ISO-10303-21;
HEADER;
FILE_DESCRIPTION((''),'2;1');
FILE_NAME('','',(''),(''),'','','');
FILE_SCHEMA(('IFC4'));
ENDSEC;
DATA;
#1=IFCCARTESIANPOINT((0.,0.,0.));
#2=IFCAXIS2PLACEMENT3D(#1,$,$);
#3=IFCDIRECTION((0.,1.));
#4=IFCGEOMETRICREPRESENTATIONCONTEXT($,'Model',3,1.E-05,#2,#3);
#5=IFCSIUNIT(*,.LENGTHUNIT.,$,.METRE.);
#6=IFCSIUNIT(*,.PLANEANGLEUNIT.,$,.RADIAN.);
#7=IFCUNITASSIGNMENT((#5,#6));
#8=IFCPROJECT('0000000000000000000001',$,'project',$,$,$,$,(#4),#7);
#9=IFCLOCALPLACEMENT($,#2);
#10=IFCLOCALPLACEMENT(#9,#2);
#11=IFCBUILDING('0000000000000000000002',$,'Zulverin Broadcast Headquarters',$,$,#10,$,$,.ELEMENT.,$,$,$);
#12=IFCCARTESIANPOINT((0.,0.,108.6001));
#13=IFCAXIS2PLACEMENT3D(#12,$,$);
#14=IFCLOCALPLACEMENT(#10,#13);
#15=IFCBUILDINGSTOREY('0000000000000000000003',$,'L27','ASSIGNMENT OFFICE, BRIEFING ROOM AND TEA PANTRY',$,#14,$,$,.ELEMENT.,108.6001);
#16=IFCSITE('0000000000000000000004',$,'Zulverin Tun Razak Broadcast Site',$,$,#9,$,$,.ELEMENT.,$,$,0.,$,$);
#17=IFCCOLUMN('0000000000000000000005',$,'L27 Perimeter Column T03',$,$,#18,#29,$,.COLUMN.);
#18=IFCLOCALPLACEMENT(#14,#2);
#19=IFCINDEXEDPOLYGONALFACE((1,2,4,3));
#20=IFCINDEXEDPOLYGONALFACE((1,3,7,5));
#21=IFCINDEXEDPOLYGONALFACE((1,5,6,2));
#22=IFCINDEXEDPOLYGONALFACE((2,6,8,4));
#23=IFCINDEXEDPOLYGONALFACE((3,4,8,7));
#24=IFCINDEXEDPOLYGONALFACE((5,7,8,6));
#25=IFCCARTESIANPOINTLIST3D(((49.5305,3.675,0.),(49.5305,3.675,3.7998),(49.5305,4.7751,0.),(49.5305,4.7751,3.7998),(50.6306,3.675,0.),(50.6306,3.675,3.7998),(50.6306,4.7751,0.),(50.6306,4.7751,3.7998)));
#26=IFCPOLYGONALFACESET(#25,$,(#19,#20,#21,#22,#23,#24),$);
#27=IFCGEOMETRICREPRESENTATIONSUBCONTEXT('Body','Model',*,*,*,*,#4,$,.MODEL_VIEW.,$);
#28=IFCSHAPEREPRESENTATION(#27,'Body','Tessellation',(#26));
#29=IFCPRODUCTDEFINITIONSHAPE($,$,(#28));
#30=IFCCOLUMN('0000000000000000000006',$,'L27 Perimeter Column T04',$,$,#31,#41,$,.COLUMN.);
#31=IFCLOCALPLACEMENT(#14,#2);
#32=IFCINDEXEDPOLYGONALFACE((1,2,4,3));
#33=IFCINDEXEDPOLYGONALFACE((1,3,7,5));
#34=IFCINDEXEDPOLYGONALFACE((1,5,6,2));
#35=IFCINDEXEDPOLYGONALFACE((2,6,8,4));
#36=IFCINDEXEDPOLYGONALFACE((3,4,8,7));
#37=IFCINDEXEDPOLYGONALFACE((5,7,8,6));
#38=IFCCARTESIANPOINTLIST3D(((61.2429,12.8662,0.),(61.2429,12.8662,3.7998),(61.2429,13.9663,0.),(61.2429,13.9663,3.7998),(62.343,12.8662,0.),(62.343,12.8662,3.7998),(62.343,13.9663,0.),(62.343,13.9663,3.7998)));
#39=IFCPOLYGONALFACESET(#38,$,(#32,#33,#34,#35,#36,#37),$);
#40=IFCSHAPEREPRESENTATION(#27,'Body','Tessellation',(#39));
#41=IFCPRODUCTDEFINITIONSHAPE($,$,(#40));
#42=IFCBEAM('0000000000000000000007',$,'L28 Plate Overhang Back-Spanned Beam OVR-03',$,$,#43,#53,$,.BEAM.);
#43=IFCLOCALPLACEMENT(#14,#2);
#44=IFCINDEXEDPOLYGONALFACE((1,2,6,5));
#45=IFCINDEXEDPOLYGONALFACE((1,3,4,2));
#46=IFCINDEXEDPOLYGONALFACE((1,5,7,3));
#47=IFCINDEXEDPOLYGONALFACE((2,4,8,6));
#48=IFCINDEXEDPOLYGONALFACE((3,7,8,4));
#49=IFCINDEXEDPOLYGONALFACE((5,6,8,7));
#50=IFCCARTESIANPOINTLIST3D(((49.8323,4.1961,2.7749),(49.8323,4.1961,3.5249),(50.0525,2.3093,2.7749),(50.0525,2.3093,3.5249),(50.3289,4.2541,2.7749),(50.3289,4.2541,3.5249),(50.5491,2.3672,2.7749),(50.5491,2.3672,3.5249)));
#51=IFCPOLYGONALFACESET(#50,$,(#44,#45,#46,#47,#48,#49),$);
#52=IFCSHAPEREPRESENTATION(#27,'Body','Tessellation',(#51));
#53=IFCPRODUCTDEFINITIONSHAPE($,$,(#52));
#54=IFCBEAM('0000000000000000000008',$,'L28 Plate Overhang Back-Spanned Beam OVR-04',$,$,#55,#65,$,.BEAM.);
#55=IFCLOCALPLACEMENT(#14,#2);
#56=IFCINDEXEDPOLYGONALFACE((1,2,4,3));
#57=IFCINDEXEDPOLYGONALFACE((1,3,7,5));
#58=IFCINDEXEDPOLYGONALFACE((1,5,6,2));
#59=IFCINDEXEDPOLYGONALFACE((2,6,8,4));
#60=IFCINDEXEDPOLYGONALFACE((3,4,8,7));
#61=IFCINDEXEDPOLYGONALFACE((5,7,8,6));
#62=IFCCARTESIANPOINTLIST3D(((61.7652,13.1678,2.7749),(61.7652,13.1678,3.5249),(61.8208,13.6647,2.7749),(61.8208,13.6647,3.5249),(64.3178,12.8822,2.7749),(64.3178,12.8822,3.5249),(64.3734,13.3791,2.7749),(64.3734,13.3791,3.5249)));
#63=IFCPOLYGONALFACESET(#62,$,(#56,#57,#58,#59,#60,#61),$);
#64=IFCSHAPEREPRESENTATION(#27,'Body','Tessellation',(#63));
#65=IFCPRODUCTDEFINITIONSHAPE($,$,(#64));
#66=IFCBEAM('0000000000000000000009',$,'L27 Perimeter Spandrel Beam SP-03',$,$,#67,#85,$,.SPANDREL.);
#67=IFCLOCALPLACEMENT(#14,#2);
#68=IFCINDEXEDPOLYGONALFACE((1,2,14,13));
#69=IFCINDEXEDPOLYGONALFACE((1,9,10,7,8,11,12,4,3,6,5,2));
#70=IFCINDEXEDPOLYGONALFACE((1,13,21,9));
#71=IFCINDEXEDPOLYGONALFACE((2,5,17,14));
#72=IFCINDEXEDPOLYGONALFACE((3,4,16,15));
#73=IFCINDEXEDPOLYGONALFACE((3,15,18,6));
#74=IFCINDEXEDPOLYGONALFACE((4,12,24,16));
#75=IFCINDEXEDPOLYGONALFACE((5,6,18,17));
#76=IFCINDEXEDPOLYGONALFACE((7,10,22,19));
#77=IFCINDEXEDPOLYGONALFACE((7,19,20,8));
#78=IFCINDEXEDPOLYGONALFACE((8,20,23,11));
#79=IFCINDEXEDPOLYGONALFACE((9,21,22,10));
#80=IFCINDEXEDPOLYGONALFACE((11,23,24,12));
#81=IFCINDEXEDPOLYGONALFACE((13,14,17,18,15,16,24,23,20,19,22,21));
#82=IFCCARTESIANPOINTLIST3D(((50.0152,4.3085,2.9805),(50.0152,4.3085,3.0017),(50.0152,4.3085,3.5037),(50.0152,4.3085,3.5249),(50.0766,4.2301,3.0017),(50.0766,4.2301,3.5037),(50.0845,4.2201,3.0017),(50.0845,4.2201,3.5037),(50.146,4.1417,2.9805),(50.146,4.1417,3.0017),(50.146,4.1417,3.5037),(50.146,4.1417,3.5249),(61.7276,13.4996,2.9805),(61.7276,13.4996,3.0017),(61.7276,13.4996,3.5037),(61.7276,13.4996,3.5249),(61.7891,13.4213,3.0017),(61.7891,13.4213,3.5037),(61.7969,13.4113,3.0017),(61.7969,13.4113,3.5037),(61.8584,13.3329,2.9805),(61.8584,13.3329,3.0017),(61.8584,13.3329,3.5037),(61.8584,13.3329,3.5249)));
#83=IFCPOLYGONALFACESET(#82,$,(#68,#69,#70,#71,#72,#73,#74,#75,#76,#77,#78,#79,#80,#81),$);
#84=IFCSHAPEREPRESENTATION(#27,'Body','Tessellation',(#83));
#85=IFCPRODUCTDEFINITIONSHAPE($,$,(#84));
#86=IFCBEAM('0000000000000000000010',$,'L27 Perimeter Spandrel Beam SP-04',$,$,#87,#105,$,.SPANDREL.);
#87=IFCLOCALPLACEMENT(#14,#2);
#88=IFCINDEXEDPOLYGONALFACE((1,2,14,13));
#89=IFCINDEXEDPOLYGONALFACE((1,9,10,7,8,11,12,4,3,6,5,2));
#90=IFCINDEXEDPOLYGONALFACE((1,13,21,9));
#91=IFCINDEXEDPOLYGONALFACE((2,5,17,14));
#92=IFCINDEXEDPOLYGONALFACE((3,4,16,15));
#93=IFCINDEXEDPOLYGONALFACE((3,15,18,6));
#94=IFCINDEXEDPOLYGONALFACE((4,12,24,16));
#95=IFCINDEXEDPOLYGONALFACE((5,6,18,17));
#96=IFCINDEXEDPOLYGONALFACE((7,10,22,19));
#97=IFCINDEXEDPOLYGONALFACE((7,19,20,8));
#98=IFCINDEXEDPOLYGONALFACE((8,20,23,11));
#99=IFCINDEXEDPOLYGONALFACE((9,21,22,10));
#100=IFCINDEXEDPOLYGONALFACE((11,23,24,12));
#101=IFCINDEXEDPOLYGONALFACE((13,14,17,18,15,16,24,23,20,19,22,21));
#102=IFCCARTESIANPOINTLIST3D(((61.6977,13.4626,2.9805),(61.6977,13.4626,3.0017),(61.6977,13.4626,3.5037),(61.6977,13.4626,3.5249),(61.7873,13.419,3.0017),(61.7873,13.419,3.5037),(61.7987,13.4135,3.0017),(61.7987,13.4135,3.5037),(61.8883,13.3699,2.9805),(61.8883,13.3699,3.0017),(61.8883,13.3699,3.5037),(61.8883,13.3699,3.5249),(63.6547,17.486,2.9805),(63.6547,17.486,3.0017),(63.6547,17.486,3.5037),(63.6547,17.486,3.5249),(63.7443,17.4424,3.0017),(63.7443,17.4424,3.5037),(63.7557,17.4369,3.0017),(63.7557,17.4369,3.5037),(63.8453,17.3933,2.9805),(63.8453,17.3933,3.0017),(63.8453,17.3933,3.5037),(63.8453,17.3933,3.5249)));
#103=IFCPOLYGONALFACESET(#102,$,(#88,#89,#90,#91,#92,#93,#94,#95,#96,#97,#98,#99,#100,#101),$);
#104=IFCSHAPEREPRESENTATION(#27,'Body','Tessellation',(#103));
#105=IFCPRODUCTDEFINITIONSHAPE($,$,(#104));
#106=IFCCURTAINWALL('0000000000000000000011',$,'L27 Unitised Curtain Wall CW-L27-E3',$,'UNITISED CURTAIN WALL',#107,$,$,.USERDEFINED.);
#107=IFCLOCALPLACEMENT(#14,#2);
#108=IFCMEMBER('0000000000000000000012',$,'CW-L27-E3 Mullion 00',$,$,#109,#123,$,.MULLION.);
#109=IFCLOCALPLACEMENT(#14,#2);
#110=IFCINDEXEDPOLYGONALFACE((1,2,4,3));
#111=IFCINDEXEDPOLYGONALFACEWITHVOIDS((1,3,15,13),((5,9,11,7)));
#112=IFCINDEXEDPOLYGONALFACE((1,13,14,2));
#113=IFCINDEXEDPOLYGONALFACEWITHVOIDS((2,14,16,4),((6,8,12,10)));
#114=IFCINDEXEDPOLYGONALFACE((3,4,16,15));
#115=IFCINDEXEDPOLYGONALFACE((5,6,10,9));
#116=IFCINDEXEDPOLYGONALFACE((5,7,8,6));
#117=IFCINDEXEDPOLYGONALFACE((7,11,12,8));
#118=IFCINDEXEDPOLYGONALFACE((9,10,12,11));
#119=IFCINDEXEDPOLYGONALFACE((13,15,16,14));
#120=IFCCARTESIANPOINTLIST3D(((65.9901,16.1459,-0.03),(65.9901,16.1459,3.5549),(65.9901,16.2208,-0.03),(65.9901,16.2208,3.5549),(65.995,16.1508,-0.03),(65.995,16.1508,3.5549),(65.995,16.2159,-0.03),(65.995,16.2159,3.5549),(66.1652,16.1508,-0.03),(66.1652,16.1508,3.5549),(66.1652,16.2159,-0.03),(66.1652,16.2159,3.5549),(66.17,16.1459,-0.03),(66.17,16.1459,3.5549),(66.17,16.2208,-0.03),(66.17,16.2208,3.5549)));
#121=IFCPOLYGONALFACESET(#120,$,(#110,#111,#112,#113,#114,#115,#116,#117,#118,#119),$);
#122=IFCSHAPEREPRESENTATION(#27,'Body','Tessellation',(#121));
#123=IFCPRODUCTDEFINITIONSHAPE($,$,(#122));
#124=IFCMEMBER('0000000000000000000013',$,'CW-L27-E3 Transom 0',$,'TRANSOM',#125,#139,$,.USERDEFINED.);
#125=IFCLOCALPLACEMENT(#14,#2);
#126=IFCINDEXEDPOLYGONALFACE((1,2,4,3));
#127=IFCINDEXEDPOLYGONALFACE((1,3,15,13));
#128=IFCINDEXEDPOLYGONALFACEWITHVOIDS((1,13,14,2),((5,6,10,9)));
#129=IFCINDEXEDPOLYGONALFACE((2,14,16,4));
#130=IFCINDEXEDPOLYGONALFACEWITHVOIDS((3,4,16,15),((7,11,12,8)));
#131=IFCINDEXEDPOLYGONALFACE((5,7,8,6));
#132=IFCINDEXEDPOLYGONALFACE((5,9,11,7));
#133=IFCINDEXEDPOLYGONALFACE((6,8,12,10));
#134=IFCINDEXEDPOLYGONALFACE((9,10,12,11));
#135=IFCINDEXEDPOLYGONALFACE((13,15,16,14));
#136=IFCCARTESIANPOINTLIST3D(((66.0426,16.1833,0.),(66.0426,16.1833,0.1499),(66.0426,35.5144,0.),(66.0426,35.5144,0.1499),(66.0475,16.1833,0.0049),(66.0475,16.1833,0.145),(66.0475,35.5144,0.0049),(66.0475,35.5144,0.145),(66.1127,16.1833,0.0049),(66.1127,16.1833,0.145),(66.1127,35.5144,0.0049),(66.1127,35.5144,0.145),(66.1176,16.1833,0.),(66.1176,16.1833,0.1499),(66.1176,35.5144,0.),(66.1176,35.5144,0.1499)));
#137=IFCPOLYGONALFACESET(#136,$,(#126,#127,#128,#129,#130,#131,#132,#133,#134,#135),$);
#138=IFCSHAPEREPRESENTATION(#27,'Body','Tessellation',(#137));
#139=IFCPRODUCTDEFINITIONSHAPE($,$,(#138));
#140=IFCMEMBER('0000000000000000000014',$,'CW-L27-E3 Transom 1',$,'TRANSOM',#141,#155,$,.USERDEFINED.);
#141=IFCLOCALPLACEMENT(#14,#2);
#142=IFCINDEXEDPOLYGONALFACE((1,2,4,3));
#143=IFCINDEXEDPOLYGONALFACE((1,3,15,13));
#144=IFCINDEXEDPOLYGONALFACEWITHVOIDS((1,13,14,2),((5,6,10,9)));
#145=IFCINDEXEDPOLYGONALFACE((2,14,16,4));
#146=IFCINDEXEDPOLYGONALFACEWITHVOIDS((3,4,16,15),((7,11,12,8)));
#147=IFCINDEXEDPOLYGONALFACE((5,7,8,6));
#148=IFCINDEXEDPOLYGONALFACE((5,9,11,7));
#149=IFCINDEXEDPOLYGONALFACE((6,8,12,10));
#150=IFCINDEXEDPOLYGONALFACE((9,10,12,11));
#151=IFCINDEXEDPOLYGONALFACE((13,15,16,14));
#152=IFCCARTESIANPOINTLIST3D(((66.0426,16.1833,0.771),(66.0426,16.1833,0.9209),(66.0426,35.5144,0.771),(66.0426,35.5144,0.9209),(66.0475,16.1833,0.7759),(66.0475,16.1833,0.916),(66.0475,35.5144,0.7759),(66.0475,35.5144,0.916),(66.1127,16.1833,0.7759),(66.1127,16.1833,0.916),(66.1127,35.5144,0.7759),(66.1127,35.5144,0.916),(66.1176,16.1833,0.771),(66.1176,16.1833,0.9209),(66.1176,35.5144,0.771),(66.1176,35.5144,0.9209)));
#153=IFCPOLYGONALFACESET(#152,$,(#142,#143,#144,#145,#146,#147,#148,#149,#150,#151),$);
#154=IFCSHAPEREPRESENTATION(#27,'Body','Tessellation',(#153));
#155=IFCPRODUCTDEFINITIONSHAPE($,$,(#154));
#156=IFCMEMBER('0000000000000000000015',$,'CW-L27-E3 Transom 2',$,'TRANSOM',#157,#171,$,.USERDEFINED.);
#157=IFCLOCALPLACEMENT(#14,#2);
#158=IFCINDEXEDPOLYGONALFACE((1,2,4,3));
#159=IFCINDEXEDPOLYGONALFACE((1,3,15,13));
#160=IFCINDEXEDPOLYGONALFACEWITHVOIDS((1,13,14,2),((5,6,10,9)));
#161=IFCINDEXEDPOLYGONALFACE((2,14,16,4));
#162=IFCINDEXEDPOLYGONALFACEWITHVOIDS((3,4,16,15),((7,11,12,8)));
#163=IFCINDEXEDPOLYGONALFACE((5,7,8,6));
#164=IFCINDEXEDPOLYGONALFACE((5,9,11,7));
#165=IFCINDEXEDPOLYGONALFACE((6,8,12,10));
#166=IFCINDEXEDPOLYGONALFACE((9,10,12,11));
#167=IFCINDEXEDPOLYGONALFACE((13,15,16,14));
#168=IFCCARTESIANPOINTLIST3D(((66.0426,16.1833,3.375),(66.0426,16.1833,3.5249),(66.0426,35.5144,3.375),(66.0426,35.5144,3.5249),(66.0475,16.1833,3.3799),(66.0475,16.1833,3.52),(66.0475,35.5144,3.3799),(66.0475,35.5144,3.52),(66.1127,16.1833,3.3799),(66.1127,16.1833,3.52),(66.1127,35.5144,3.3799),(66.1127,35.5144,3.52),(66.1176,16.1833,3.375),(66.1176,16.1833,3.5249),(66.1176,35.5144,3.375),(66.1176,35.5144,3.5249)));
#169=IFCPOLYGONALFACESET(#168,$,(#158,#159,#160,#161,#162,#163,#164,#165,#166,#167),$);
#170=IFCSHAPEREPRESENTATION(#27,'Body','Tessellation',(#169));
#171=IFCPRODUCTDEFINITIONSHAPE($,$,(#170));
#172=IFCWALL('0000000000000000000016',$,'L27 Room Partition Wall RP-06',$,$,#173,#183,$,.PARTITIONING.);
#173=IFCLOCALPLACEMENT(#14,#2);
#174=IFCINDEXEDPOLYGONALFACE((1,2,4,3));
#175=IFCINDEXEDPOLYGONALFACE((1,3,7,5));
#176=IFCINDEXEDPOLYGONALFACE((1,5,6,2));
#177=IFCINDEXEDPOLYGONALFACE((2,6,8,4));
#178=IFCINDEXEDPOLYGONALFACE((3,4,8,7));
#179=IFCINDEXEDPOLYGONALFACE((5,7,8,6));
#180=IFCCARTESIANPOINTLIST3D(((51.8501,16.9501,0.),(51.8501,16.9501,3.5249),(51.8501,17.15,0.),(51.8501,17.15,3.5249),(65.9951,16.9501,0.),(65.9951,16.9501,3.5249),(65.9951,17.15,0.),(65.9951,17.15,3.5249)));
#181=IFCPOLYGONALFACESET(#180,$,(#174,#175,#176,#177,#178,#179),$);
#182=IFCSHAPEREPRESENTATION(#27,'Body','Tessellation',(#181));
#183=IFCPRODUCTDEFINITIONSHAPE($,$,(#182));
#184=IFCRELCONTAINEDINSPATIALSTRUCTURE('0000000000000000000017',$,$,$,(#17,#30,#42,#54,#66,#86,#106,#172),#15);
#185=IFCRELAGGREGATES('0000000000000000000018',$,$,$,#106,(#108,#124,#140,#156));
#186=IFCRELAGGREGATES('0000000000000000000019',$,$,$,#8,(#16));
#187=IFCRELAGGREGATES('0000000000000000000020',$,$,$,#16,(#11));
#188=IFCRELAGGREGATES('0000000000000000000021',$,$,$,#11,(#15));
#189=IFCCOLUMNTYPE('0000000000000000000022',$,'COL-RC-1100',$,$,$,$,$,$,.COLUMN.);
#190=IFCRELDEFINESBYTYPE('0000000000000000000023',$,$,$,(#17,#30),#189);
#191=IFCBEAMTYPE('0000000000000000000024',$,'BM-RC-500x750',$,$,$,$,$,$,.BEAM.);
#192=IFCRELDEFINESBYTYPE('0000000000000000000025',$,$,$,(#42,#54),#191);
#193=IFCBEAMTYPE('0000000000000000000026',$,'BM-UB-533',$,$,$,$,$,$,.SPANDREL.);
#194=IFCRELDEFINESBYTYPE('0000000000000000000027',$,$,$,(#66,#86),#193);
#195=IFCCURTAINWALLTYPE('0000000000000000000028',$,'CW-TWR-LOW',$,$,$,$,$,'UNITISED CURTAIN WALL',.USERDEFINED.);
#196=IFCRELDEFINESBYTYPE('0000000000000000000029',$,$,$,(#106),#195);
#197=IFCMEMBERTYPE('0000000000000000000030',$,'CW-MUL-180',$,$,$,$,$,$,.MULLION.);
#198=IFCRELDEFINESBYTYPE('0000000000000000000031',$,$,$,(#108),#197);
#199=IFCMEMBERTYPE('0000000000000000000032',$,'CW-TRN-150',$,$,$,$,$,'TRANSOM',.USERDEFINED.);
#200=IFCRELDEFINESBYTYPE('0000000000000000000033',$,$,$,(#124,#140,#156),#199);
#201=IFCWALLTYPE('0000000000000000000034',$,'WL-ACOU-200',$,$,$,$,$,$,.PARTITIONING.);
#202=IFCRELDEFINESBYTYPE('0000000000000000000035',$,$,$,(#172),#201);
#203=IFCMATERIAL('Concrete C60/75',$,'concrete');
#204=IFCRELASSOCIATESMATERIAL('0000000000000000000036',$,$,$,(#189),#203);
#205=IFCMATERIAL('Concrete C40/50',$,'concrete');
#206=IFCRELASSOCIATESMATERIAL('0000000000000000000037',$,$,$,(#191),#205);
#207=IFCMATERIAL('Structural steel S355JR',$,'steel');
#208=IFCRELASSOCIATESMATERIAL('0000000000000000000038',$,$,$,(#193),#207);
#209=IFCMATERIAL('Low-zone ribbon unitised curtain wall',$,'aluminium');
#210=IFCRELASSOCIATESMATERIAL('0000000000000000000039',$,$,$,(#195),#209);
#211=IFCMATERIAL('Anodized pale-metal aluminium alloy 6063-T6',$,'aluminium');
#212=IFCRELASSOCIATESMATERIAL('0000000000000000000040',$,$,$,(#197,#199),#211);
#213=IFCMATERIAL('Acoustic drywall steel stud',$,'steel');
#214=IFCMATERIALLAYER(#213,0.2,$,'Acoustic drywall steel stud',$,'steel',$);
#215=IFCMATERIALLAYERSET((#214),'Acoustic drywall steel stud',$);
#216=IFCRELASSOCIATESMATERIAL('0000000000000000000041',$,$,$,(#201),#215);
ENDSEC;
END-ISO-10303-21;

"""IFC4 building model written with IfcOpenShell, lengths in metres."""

from ifc_helpers import new_model, si_unit, direction, frame, frame_2d, origin, origin_2d, place, context, subcontext, project, spatial, rectangle, hollow_rectangle, i_section, extrude, material, layer, layer_set, material_profile, profile_set, type_object, element, aggregate, save


model = new_model("IFC4")

# Units and contexts
model_context = context("Model", 3, precision=1e-05, world=origin(), true_north=direction((0.0, 1.0)))
body_context = subcontext(model_context, "Body", "Model", "MODEL_VIEW")
ifc_project = project(units=[si_unit("LENGTHUNIT", "METRE"), si_unit("PLANEANGLEUNIT", "RADIAN")], contexts=[model_context])

# Site, building, storey
site_placement = place(None, origin())
site = spatial("IfcSite", under=ifc_project, at=site_placement, Name="Zulverin Tun Razak Broadcast Site", CompositionType="ELEMENT", RefElevation=0.0)
building_placement = place(site_placement, origin())
building = spatial("IfcBuilding", under=site, at=building_placement, Name="Zulverin Broadcast Headquarters", CompositionType="ELEMENT")
storey_placement = place(building_placement, frame((0.0, 0.0, 108.6001)))
storey = spatial("IfcBuildingStorey", under=building, at=storey_placement, Name="L27", Description="ASSIGNMENT OFFICE, BRIEFING ROOM AND TEA PANTRY", CompositionType="ELEMENT", Elevation=108.6001)

# Columns
ifc_material_1 = material(Name="Concrete C60/75", Category="concrete")
ifc_material_profile_1 = material_profile(ifc_material_1, rectangle(XDim=1.1001, YDim=1.1001, at=origin_2d()), Name="Concrete C60/75", Category="concrete")
ifc_profile_set_1 = profile_set([ifc_material_profile_1], Name="Concrete C60/75")
column_type = type_object("IfcColumnType", Name="COL-RC-1100", PredefinedType="COLUMN", material=ifc_profile_set_1)
for number, where, z_axis, x_axis, name in (
    (1, (50.0806, 4.2251, 0.0), (0.0, 0.0, 1.0), (1.0, 0.0, 0.0), "L27 Perimeter Column T03"),
    (2, (61.793, 13.4163, 0.0), (0.0, 0.0, 1.0), (1.0, 0.0, 0.0), "L27 Perimeter Column T04"),
):
    element("IfcColumn", number, at=place(storey_placement, frame(where, z_axis=z_axis, x_axis=x_axis)), inside=storey, type_object=column_type, Name=name, PredefinedType="COLUMN", context=body_context, shape_type="SweptSolid", body=[
        extrude(rectangle(XDim=1.1001, YDim=1.1001, at=origin_2d()), origin(), (0.0, 0.0, 1.0), 3.7998),
    ])

# Beams
ifc_material_2 = material(Name="Concrete C40/50", Category="concrete")
ifc_material_profile_2 = material_profile(ifc_material_2, rectangle(XDim=0.5, YDim=0.75, at=origin_2d()), Name="Concrete C40/50", Category="concrete")
ifc_profile_set_2 = profile_set([ifc_material_profile_2], Name="Concrete C40/50")
beam_type_1 = type_object("IfcBeamType", Name="BM-RC-500x750", PredefinedType="BEAM", material=ifc_profile_set_2)
beam_1_placement = place(storey_placement, frame((50.0806, 4.2251, 3.1499), z_axis=(0.115917, -0.993259, 0.0), x_axis=(0.993259, 0.115917, 0.0)))
element("IfcBeam", 3, at=beam_1_placement, inside=storey, type_object=beam_type_1, Name="L28 Plate Overhang Back-Spanned Beam OVR-03", PredefinedType="BEAM", context=body_context, shape_type="SweptSolid", body=[
    extrude(rectangle(XDim=0.5, YDim=0.75, at=origin_2d()), origin(), (0.0, 0.0, 1.0), 1.8997),
])
beam_2_placement = place(storey_placement, frame((61.793, 13.4163, 3.1499), z_axis=(0.993798, -0.111203, 0.0), x_axis=(0.111203, 0.993798, 0.0)))
element("IfcBeam", 4, at=beam_2_placement, inside=storey, type_object=beam_type_1, Name="L28 Plate Overhang Back-Spanned Beam OVR-04", PredefinedType="BEAM", context=body_context, shape_type="SweptSolid", body=[
    extrude(rectangle(XDim=0.5, YDim=0.75, at=origin_2d()), origin(), (0.0, 0.0, 1.0), 2.5686),
])
ifc_material_3 = material(Name="Structural steel S355JR", Category="steel")
ifc_material_profile_3 = material_profile(ifc_material_3, i_section(OverallWidth=0.2119, OverallDepth=0.5444, WebThickness=0.0127, FlangeThickness=0.0212, at=origin_2d()), Name="Structural steel S355JR", Category="steel")
ifc_profile_set_3 = profile_set([ifc_material_profile_3], Name="Structural steel S355JR")
beam_type_2 = type_object("IfcBeamType", Name="BM-UB-533", PredefinedType="SPANDREL", material=ifc_profile_set_3)
beam_3_placement = place(storey_placement, frame((50.0806, 4.2251, 3.2527), z_axis=(0.786691, 0.617346, 0.0), x_axis=(-0.617346, 0.786691, 0.0)))
element("IfcBeam", 5, at=beam_3_placement, inside=storey, type_object=beam_type_2, Name="L27 Perimeter Spandrel Beam SP-03", PredefinedType="SPANDREL", context=body_context, shape_type="SweptSolid", body=[
    extrude(i_section(OverallWidth=0.2119, OverallDepth=0.5444, WebThickness=0.0127, FlangeThickness=0.0212, at=origin_2d()), origin(), (0.0, 0.0, 1.0), 14.8882),
])
beam_4_placement = place(storey_placement, frame((61.793, 13.4163, 3.2527), z_axis=(0.437408, 0.899263, 0.0), x_axis=(-0.899263, 0.437408, 0.0)))
element("IfcBeam", 6, at=beam_4_placement, inside=storey, type_object=beam_type_2, Name="L27 Perimeter Spandrel Beam SP-04", PredefinedType="SPANDREL", context=body_context, shape_type="SweptSolid", body=[
    extrude(i_section(OverallWidth=0.2119, OverallDepth=0.5444, WebThickness=0.0127, FlangeThickness=0.0212, at=origin_2d()), origin(), (0.0, 0.0, 1.0), 4.4741),
])

# Curtain wall, members
ifc_material_4 = material(Name="Low-zone ribbon unitised curtain wall", Category="aluminium")
curtain_wall_type = type_object("IfcCurtainWallType", Name="CW-TWR-LOW", ElementType="UNITISED CURTAIN WALL", PredefinedType="USERDEFINED", material=ifc_material_4)
curtain_wall_placement = place(storey_placement, origin())
curtain_wall = element("IfcCurtainWall", 7, at=curtain_wall_placement, inside=storey, type_object=curtain_wall_type, Name="L27 Unitised Curtain Wall CW-L27-E3", ObjectType="UNITISED CURTAIN WALL", PredefinedType="USERDEFINED")
ifc_material_5 = material(Name="Anodized pale-metal aluminium alloy 6063-T6", Category="aluminium")
ifc_material_profile_4 = material_profile(ifc_material_5, hollow_rectangle(XDim=0.075, YDim=0.1799, WallThickness=0.0049, at=origin_2d()), Name="Anodized pale-metal aluminium alloy 6063-T6", Category="aluminium")
ifc_profile_set_4 = profile_set([ifc_material_profile_4], Name="Anodized pale-metal aluminium alloy 6063-T6")
member_type_1 = type_object("IfcMemberType", Name="CW-MUL-180", PredefinedType="MULLION", material=ifc_profile_set_4)
member_1_placement = place(storey_placement, frame((66.0801, 16.1833, -0.03), z_axis=(0.0, 0.0, 1.0), x_axis=(0.0, 1.0, 0.0)))
member_1 = element("IfcMember", 8, at=member_1_placement, type_object=member_type_1, Name="CW-L27-E3 Mullion 00", PredefinedType="MULLION", context=body_context, shape_type="SweptSolid", body=[
    extrude(hollow_rectangle(XDim=0.075, YDim=0.1799, WallThickness=0.0049, at=origin_2d()), origin(), (0.0, 0.0, 1.0), 3.585),
])
ifc_material_profile_5 = material_profile(ifc_material_5, hollow_rectangle(XDim=0.075, YDim=0.1499, WallThickness=0.0049, at=origin_2d()), Name="Anodized pale-metal aluminium alloy 6063-T6", Category="aluminium")
ifc_profile_set_5 = profile_set([ifc_material_profile_5], Name="Anodized pale-metal aluminium alloy 6063-T6")
member_type_2 = type_object("IfcMemberType", Name="CW-TRN-150", ElementType="TRANSOM", PredefinedType="USERDEFINED", material=ifc_profile_set_5)
member_2_placement = place(storey_placement, frame((66.0801, 16.1833, 0.075), z_axis=(0.0, 1.0, 0.0), x_axis=(-1.0, 0.0, 0.0)))
member_2 = element("IfcMember", 9, at=member_2_placement, type_object=member_type_2, Name="CW-L27-E3 Transom 0", ObjectType="TRANSOM", PredefinedType="USERDEFINED", context=body_context, shape_type="SweptSolid", body=[
    extrude(hollow_rectangle(XDim=0.075, YDim=0.1499, WallThickness=0.0049, at=origin_2d()), origin(), (0.0, 0.0, 1.0), 19.3311),
])
member_3_placement = place(storey_placement, frame((66.0801, 16.1833, 0.8459), z_axis=(0.0, 1.0, 0.0), x_axis=(-1.0, 0.0, 0.0)))
member_3 = element("IfcMember", 10, at=member_3_placement, type_object=member_type_2, Name="CW-L27-E3 Transom 1", ObjectType="TRANSOM", PredefinedType="USERDEFINED", context=body_context, shape_type="SweptSolid", body=[
    extrude(hollow_rectangle(XDim=0.075, YDim=0.1499, WallThickness=0.0049, at=origin_2d()), origin(), (0.0, 0.0, 1.0), 19.3311),
])
member_4_placement = place(storey_placement, frame((66.0801, 16.1833, 3.45), z_axis=(0.0, 1.0, 0.0), x_axis=(-1.0, 0.0, 0.0)))
member_4 = element("IfcMember", 11, at=member_4_placement, type_object=member_type_2, Name="CW-L27-E3 Transom 2", ObjectType="TRANSOM", PredefinedType="USERDEFINED", context=body_context, shape_type="SweptSolid", body=[
    extrude(hollow_rectangle(XDim=0.075, YDim=0.1499, WallThickness=0.0049, at=origin_2d()), origin(), (0.0, 0.0, 1.0), 19.3311),
])
aggregate(curtain_wall, [member_1, member_2, member_3, member_4])

# Wall
ifc_material_6 = material(Name="Acoustic drywall steel stud", Category="steel")
ifc_layer_1 = layer(ifc_material_6, 0.2, Name="Acoustic drywall steel stud", Category="steel")
ifc_layer_set_1 = layer_set([ifc_layer_1], Name="Acoustic drywall steel stud")
wall_type_1 = type_object("IfcWallType", Name="WL-ACOU-200", PredefinedType="PARTITIONING", material=ifc_layer_set_1)
wall_1_placement = place(storey_placement, frame((51.8501, 17.05, 0.0), z_axis=(0.0, 0.0, 1.0), x_axis=(1.0, 0.0, 0.0)))
element("IfcWall", 12, at=wall_1_placement, inside=storey, type_object=wall_type_1, Name="L27 Room Partition Wall RP-06", PredefinedType="PARTITIONING", context=body_context, shape_type="SweptSolid", body=[
    extrude(rectangle(XDim=14.145, YDim=0.2, at=frame_2d((7.0725, 0.0))), origin(), (0.0, 0.0, 1.0), 3.5249),
])

save(model, "model.ifc")
